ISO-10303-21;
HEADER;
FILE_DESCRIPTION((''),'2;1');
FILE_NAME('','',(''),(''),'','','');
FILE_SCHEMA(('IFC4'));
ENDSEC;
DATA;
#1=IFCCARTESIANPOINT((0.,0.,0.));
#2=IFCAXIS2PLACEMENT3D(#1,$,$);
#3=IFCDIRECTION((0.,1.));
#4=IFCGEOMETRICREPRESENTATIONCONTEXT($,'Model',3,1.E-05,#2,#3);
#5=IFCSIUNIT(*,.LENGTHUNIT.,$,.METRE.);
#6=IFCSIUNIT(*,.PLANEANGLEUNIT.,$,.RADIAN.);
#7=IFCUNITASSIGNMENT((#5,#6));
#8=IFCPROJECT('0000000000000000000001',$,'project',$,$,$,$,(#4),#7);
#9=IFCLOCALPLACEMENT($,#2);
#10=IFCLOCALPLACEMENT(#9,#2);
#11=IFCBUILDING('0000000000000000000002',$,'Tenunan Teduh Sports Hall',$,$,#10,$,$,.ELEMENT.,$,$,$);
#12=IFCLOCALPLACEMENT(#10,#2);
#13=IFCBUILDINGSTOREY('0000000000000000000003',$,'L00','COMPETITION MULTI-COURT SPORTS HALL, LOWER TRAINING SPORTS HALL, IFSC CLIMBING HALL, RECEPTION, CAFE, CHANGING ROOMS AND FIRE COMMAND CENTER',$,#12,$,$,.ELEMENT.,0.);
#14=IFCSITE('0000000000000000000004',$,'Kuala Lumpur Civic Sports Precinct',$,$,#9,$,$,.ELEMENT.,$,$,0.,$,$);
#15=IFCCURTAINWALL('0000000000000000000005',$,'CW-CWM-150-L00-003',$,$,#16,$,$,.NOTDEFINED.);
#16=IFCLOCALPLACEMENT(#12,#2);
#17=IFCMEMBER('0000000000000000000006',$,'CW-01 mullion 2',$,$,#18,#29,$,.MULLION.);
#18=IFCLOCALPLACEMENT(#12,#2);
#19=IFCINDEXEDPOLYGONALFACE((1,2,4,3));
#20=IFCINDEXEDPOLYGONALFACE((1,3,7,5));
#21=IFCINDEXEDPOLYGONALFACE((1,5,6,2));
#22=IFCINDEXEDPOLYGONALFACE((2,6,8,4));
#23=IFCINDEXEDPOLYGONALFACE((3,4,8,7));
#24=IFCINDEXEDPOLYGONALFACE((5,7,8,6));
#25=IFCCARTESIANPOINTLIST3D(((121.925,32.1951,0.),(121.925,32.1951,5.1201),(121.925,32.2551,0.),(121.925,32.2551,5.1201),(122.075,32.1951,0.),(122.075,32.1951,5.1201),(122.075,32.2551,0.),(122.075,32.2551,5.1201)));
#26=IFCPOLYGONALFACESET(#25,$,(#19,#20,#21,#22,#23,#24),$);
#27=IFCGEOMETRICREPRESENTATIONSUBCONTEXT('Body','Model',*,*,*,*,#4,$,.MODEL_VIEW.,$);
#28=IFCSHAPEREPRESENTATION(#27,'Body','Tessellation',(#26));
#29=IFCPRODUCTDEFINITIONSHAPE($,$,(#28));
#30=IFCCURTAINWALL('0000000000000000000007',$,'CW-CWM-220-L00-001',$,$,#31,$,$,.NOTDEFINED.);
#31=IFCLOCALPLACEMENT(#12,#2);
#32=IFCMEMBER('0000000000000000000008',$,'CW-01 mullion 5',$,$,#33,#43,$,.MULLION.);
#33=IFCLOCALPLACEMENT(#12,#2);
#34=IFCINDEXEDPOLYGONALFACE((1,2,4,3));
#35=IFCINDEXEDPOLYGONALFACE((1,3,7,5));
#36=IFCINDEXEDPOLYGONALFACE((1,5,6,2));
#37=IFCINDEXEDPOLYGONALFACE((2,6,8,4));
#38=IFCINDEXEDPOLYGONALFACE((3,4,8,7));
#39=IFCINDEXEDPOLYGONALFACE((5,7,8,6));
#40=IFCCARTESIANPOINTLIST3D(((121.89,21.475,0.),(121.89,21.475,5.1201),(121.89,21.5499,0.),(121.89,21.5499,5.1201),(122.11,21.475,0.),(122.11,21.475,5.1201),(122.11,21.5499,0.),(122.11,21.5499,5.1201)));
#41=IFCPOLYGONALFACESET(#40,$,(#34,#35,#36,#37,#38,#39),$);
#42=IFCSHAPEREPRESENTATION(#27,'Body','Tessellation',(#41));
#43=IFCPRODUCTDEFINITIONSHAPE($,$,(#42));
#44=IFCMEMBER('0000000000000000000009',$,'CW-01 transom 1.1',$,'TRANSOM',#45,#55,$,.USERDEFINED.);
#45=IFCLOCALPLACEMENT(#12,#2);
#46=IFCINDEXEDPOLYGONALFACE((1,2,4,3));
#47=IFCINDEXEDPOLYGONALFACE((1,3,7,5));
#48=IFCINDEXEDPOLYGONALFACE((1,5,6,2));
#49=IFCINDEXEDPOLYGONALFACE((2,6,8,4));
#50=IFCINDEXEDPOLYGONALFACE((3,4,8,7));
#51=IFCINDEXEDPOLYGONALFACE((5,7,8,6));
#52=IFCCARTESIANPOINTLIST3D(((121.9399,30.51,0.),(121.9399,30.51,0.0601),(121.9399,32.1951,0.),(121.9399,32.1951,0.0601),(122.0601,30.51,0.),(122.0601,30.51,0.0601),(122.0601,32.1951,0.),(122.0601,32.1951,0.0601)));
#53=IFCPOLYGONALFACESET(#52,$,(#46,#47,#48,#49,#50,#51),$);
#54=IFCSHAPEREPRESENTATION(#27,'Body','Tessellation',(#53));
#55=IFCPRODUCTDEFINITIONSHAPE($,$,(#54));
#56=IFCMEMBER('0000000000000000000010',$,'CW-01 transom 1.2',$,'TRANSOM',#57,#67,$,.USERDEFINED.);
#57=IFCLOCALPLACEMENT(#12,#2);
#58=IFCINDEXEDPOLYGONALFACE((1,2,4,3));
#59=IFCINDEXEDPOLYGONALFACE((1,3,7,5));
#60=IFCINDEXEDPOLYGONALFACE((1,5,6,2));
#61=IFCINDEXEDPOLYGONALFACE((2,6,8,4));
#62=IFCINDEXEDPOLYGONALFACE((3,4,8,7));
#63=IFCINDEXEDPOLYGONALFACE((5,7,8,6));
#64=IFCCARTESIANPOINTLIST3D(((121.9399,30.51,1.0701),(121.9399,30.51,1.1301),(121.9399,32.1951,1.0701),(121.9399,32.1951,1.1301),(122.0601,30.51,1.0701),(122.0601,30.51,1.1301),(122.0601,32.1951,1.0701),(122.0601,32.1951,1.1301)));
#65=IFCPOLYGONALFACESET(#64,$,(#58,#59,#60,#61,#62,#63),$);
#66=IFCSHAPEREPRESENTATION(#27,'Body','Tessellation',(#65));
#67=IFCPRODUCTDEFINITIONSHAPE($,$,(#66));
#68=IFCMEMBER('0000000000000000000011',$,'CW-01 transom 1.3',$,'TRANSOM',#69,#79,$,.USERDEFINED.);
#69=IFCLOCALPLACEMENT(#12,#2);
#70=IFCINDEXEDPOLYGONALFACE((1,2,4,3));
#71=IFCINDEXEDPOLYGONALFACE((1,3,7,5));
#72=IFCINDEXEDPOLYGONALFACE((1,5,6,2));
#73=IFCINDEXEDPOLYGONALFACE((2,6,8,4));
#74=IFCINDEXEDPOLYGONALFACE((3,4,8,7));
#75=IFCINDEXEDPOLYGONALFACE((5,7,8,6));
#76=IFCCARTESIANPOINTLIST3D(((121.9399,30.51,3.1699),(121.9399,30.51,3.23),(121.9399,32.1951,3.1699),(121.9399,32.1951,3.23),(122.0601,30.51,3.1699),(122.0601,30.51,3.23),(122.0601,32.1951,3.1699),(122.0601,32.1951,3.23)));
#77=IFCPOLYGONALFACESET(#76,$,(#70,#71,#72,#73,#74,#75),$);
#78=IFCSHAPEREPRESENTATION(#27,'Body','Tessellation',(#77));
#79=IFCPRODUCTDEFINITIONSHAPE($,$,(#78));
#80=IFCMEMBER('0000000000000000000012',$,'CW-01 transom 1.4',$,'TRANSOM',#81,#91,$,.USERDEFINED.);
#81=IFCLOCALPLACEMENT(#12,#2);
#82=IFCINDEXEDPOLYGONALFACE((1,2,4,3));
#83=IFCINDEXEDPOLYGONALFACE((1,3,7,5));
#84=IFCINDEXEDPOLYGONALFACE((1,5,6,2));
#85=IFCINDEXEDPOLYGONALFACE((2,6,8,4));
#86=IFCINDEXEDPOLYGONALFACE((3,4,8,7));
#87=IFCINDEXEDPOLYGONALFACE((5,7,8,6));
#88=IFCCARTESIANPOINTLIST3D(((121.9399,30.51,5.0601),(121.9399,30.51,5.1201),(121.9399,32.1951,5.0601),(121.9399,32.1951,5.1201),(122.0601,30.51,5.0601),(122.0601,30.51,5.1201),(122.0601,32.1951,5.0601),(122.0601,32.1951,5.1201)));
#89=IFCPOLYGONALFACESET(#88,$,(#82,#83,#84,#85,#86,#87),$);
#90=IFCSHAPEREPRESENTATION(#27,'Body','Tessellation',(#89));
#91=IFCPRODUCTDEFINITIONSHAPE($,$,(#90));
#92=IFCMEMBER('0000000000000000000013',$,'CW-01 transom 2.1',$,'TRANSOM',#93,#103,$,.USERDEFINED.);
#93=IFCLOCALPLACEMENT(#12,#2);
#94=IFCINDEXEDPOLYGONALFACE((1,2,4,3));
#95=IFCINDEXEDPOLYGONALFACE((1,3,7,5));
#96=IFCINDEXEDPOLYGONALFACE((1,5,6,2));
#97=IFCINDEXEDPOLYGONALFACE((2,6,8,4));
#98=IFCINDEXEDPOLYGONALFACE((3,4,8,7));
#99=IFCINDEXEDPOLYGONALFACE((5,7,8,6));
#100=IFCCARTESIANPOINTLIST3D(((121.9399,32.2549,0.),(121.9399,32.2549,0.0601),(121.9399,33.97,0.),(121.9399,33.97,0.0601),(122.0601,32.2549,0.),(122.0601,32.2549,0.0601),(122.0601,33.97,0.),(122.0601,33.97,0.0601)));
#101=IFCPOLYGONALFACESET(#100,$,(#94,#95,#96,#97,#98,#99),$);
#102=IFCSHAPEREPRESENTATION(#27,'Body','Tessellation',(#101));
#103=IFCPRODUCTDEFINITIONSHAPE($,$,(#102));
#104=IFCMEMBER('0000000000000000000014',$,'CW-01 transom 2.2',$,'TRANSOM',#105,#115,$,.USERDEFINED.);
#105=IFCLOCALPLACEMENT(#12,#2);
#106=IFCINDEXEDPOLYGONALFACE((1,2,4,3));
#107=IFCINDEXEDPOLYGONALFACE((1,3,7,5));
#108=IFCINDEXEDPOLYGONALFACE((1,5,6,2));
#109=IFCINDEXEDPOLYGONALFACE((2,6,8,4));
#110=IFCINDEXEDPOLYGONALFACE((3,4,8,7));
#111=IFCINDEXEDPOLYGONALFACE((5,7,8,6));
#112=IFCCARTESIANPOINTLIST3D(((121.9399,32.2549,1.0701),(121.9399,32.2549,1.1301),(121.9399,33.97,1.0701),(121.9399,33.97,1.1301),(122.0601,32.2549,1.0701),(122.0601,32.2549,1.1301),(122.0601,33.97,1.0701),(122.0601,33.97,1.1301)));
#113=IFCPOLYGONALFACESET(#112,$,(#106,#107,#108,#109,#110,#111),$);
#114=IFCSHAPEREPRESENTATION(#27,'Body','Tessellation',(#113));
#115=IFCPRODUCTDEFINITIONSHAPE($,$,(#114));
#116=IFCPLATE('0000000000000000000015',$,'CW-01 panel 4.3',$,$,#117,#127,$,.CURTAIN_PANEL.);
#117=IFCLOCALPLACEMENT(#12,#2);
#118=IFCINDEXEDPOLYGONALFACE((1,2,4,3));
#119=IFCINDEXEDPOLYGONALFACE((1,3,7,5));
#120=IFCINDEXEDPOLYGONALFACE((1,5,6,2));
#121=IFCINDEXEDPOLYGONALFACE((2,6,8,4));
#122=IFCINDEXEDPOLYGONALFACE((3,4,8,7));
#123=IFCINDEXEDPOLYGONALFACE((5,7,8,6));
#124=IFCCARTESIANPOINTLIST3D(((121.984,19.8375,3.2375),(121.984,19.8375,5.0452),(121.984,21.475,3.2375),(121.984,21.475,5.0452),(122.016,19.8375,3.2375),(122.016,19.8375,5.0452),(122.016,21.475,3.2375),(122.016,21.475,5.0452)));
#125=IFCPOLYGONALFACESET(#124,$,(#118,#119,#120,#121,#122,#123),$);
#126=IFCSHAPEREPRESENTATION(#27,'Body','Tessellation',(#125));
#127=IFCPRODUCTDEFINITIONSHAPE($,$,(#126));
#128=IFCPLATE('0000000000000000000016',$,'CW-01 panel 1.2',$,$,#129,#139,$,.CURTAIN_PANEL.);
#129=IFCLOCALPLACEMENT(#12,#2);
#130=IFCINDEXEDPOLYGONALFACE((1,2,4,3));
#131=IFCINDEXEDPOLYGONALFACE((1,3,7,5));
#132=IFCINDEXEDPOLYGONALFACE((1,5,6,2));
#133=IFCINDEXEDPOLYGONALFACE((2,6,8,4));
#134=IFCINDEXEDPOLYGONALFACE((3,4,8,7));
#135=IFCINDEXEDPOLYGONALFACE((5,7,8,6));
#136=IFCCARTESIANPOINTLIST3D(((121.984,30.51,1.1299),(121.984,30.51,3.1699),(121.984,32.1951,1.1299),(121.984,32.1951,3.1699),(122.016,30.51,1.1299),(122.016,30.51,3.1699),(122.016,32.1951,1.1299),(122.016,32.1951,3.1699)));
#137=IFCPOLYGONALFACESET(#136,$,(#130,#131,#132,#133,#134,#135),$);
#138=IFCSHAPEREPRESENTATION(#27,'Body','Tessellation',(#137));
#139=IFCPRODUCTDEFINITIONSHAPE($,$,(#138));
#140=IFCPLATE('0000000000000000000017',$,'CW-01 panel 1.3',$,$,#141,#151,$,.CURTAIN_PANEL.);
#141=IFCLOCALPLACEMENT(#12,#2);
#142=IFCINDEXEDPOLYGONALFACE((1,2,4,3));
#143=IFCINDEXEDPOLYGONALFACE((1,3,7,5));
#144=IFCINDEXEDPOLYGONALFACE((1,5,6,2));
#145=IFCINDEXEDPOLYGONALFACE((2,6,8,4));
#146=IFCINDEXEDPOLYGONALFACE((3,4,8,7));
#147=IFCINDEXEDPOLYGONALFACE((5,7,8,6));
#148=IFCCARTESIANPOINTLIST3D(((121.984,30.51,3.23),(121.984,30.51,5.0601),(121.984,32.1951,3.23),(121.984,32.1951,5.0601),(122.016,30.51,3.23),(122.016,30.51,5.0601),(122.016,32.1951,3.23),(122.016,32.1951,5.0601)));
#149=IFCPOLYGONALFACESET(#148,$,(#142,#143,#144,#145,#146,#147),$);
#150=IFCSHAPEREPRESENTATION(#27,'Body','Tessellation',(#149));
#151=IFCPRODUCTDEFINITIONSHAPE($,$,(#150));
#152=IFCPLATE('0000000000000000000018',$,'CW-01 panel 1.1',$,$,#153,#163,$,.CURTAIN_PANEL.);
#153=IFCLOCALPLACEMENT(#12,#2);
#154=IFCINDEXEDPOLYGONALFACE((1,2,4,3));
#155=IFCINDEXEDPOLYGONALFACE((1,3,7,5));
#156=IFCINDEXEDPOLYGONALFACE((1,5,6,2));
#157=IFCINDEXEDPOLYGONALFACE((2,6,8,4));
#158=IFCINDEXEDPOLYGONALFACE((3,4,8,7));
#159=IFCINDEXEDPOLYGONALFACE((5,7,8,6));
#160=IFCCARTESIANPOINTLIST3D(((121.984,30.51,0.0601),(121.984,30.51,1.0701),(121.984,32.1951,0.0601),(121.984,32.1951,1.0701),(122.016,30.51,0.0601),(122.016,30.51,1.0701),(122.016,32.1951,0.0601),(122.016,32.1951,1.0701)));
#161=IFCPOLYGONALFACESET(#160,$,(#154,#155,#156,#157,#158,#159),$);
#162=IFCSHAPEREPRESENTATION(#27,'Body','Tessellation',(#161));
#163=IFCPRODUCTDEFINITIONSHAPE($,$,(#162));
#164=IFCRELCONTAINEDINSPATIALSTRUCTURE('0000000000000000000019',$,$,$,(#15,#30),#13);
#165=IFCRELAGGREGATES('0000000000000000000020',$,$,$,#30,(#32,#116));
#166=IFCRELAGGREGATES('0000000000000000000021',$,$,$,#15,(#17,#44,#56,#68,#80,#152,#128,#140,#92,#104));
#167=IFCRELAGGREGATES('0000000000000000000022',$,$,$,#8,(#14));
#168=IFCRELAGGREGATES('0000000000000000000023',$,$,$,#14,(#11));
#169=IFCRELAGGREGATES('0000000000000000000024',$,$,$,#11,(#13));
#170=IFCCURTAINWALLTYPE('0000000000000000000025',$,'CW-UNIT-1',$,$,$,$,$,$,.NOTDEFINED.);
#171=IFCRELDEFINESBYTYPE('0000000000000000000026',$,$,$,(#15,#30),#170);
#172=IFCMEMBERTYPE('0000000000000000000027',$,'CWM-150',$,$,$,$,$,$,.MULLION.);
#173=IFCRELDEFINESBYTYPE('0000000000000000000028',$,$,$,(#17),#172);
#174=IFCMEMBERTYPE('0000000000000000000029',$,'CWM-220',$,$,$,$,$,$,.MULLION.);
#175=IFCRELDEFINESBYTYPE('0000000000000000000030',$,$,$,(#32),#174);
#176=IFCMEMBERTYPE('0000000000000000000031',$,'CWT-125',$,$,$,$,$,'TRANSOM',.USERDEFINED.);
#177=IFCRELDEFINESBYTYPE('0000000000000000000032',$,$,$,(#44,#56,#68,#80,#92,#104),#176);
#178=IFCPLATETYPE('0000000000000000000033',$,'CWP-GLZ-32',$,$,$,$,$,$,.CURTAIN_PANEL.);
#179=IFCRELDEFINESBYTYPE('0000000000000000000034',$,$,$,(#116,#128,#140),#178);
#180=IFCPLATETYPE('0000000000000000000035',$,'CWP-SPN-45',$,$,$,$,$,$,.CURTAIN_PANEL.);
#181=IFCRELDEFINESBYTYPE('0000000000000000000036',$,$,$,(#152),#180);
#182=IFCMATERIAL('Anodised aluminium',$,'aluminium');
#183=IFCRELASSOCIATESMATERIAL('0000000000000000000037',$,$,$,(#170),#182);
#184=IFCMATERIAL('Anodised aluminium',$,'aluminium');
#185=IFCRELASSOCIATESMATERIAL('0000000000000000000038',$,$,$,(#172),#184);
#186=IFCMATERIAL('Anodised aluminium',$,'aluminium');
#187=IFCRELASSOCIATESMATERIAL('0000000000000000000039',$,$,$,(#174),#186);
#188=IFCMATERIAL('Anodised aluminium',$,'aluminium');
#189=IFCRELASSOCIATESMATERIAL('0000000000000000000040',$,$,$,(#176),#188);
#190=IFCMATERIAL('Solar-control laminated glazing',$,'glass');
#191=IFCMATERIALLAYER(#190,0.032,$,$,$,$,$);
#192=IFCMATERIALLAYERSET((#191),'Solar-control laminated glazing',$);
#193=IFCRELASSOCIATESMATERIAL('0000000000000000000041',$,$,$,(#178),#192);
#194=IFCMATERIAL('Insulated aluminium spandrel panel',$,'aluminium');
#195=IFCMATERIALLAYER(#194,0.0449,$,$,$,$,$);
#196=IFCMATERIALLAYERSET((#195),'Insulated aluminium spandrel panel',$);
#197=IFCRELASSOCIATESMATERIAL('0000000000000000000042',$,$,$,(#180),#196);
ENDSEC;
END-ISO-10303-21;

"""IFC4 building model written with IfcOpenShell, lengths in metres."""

from ifc_helpers import new_model, si_unit, direction, frame, origin, origin_2d, place, context, subcontext, project, spatial, rectangle, extrude, material, layer, layer_set, material_profile, profile_set, type_object, element, aggregate, save


model = new_model("IFC4")

# Units and contexts
model_context = context("Model", 3, precision=1e-05, world=origin(), true_north=direction((0.0, 1.0)))
body_context = subcontext(model_context, "Body", "Model", "MODEL_VIEW")
ifc_project = project(units=[si_unit("LENGTHUNIT", "METRE"), si_unit("PLANEANGLEUNIT", "RADIAN")], contexts=[model_context])

# Site, building, storey
site_placement = place(None, origin())
site = spatial("IfcSite", under=ifc_project, at=site_placement, Name="Kuala Lumpur Civic Sports Precinct", CompositionType="ELEMENT", RefElevation=0.0)
building_placement = place(site_placement, origin())
building = spatial("IfcBuilding", under=site, at=building_placement, Name="Tenunan Teduh Sports Hall", CompositionType="ELEMENT")
storey_placement = place(building_placement, origin())
storey = spatial("IfcBuildingStorey", under=building, at=storey_placement, Name="L00", Description="COMPETITION MULTI-COURT SPORTS HALL, LOWER TRAINING SPORTS HALL, IFSC CLIMBING HALL, RECEPTION, CAFE, CHANGING ROOMS AND FIRE COMMAND CENTER", CompositionType="ELEMENT", Elevation=0.0)

# Curtain wall, member
ifc_material_1 = material(Name="Anodised aluminium", Category="aluminium")
curtain_wall_type = type_object("IfcCurtainWallType", Name="CW-UNIT-1", PredefinedType="NOTDEFINED", material=ifc_material_1)
curtain_wall_1_placement = place(storey_placement, origin())
curtain_wall_1 = element("IfcCurtainWall", 1, at=curtain_wall_1_placement, inside=storey, type_object=curtain_wall_type, Name="CW-CWM-150-L00-003", PredefinedType="NOTDEFINED")
ifc_material_2 = material(Name="Anodised aluminium", Category="aluminium")
ifc_material_profile_1 = material_profile(ifc_material_2, rectangle(XDim=0.0601, YDim=0.1499, at=origin_2d()), Name="CWM 60x150")
ifc_profile_set_1 = profile_set([ifc_material_profile_1], Name="Anodised aluminium")
member_type_1 = type_object("IfcMemberType", Name="CWM-150", PredefinedType="MULLION", material=ifc_profile_set_1)
member_1_placement = place(storey_placement, frame((122.0, 32.2251, 0.0), z_axis=(0.0, 0.0, 1.0), x_axis=(0.0, 1.0, 0.0)))
member_1 = element("IfcMember", 2, at=member_1_placement, type_object=member_type_1, Name="CW-01 mullion 2", PredefinedType="MULLION", context=body_context, shape_type="SweptSolid", body=[
    extrude(rectangle(XDim=0.0601, YDim=0.1499, at=origin_2d()), origin(), (0.0, 0.0, 1.0), 5.1201),
])

# Curtain wall, member
curtain_wall_2_placement = place(storey_placement, origin())
curtain_wall_2 = element("IfcCurtainWall", 3, at=curtain_wall_2_placement, inside=storey, type_object=curtain_wall_type, Name="CW-CWM-220-L00-001", PredefinedType="NOTDEFINED")
ifc_material_3 = material(Name="Anodised aluminium", Category="aluminium")
ifc_material_profile_2 = material_profile(ifc_material_3, rectangle(XDim=0.075, YDim=0.22, at=origin_2d()), Name="CWM 75x220")
ifc_profile_set_2 = profile_set([ifc_material_profile_2], Name="Anodised aluminium")
member_type_2 = type_object("IfcMemberType", Name="CWM-220", PredefinedType="MULLION", material=ifc_profile_set_2)
member_2_placement = place(storey_placement, frame((122.0, 21.5125, 0.0), z_axis=(0.0, 0.0, 1.0), x_axis=(0.0, 1.0, 0.0)))
member_2 = element("IfcMember", 4, at=member_2_placement, type_object=member_type_2, Name="CW-01 mullion 5", PredefinedType="MULLION", context=body_context, shape_type="SweptSolid", body=[
    extrude(rectangle(XDim=0.075, YDim=0.22, at=origin_2d()), origin(), (0.0, 0.0, 1.0), 5.1201),
])

# Members
ifc_material_4 = material(Name="Anodised aluminium", Category="aluminium")
ifc_material_profile_3 = material_profile(ifc_material_4, rectangle(XDim=0.0601, YDim=0.1201, at=origin_2d()), Name="CWT 60x120")
ifc_profile_set_3 = profile_set([ifc_material_profile_3], Name="Anodised aluminium")
member_type_3 = type_object("IfcMemberType", Name="CWT-125", ElementType="TRANSOM", PredefinedType="USERDEFINED", material=ifc_profile_set_3)
member_3_placement = place(storey_placement, frame((122.0, 30.51, 0.03), z_axis=(0.0, 1.0, 0.0), x_axis=(0.0, 0.0, 1.0)))
member_3 = element("IfcMember", 5, at=member_3_placement, type_object=member_type_3, Name="CW-01 transom 1.1", ObjectType="TRANSOM", PredefinedType="USERDEFINED", context=body_context, shape_type="SweptSolid", body=[
    extrude(rectangle(XDim=0.0601, YDim=0.1201, at=origin_2d()), origin(), (0.0, 0.0, 1.0), 1.6851),
])
member_4_placement = place(storey_placement, frame((122.0, 30.51, 1.1001), z_axis=(0.0, 1.0, 0.0), x_axis=(0.0, 0.0, 1.0)))
member_4 = element("IfcMember", 6, at=member_4_placement, type_object=member_type_3, Name="CW-01 transom 1.2", ObjectType="TRANSOM", PredefinedType="USERDEFINED", context=body_context, shape_type="SweptSolid", body=[
    extrude(rectangle(XDim=0.0601, YDim=0.1201, at=origin_2d()), origin(), (0.0, 0.0, 1.0), 1.6851),
])
member_5_placement = place(storey_placement, frame((122.0, 30.51, 3.2), z_axis=(0.0, 1.0, 0.0), x_axis=(0.0, 0.0, 1.0)))
member_5 = element("IfcMember", 7, at=member_5_placement, type_object=member_type_3, Name="CW-01 transom 1.3", ObjectType="TRANSOM", PredefinedType="USERDEFINED", context=body_context, shape_type="SweptSolid", body=[
    extrude(rectangle(XDim=0.0601, YDim=0.1201, at=origin_2d()), origin(), (0.0, 0.0, 1.0), 1.6851),
])
member_6_placement = place(storey_placement, frame((122.0, 30.51, 5.0901), z_axis=(0.0, 1.0, 0.0), x_axis=(0.0, 0.0, 1.0)))
member_6 = element("IfcMember", 8, at=member_6_placement, type_object=member_type_3, Name="CW-01 transom 1.4", ObjectType="TRANSOM", PredefinedType="USERDEFINED", context=body_context, shape_type="SweptSolid", body=[
    extrude(rectangle(XDim=0.0601, YDim=0.1201, at=origin_2d()), origin(), (0.0, 0.0, 1.0), 1.6851),
])
member_7_placement = place(storey_placement, frame((122.0, 32.2549, 0.03), z_axis=(0.0, 1.0, 0.0), x_axis=(0.0, 0.0, 1.0)))
member_7 = element("IfcMember", 9, at=member_7_placement, type_object=member_type_3, Name="CW-01 transom 2.1", ObjectType="TRANSOM", PredefinedType="USERDEFINED", context=body_context, shape_type="SweptSolid", body=[
    extrude(rectangle(XDim=0.0601, YDim=0.1201, at=origin_2d()), origin(), (0.0, 0.0, 1.0), 1.7151),
])
member_8_placement = place(storey_placement, frame((122.0, 32.2549, 1.1001), z_axis=(0.0, 1.0, 0.0), x_axis=(0.0, 0.0, 1.0)))
member_8 = element("IfcMember", 10, at=member_8_placement, type_object=member_type_3, Name="CW-01 transom 2.2", ObjectType="TRANSOM", PredefinedType="USERDEFINED", context=body_context, shape_type="SweptSolid", body=[
    extrude(rectangle(XDim=0.0601, YDim=0.1201, at=origin_2d()), origin(), (0.0, 0.0, 1.0), 1.7151),
])

# Plates
ifc_material_5 = material(Name="Solar-control laminated glazing", Category="glass")
ifc_layer_1 = layer(ifc_material_5, 0.032)
ifc_layer_set_1 = layer_set([ifc_layer_1], Name="Solar-control laminated glazing")
plate_type_1 = type_object("IfcPlateType", Name="CWP-GLZ-32", PredefinedType="CURTAIN_PANEL", material=ifc_layer_set_1)
plate_1_placement = place(storey_placement, frame((122.0, 20.6562, 3.2375), z_axis=(0.0, 0.0, 1.0), x_axis=(0.0, 1.0, 0.0)))
plate_1 = element("IfcPlate", 11, at=plate_1_placement, type_object=plate_type_1, Name="CW-01 panel 4.3", PredefinedType="CURTAIN_PANEL", context=body_context, shape_type="SweptSolid", body=[
    extrude(rectangle(XDim=1.6375, YDim=0.032, at=origin_2d()), origin(), (0.0, 0.0, 1.0), 1.8076),
])
aggregate(curtain_wall_2, [member_2, plate_1])
plate_2_placement = place(storey_placement, frame((122.0, 31.3525, 1.1299), z_axis=(0.0, 0.0, 1.0), x_axis=(0.0, 1.0, 0.0)))
plate_2 = element("IfcPlate", 12, at=plate_2_placement, type_object=plate_type_1, Name="CW-01 panel 1.2", PredefinedType="CURTAIN_PANEL", context=body_context, shape_type="SweptSolid", body=[
    extrude(rectangle(XDim=1.6851, YDim=0.032, at=origin_2d()), origin(), (0.0, 0.0, 1.0), 2.04),
])
plate_3_placement = place(storey_placement, frame((122.0, 31.3525, 3.23), z_axis=(0.0, 0.0, 1.0), x_axis=(0.0, 1.0, 0.0)))
plate_3 = element("IfcPlate", 13, at=plate_3_placement, type_object=plate_type_1, Name="CW-01 panel 1.3", PredefinedType="CURTAIN_PANEL", context=body_context, shape_type="SweptSolid", body=[
    extrude(rectangle(XDim=1.6851, YDim=0.032, at=origin_2d()), origin(), (0.0, 0.0, 1.0), 1.8301),
])
ifc_material_6 = material(Name="Insulated aluminium spandrel panel", Category="aluminium")
ifc_layer_2 = layer(ifc_material_6, 0.0449)
ifc_layer_set_2 = layer_set([ifc_layer_2], Name="Insulated aluminium spandrel panel")
plate_type_2 = type_object("IfcPlateType", Name="CWP-SPN-45", PredefinedType="CURTAIN_PANEL", material=ifc_layer_set_2)
plate_4_placement = place(storey_placement, frame((122.0, 31.3525, 0.0601), z_axis=(0.0, 0.0, 1.0), x_axis=(0.0, 1.0, 0.0)))
plate_4 = element("IfcPlate", 14, at=plate_4_placement, type_object=plate_type_2, Name="CW-01 panel 1.1", PredefinedType="CURTAIN_PANEL", context=body_context, shape_type="SweptSolid", body=[
    extrude(rectangle(XDim=1.6851, YDim=0.032, at=origin_2d()), origin(), (0.0, 0.0, 1.0), 1.01),
])
aggregate(curtain_wall_1, [member_1, member_3, member_4, member_5, member_6, plate_4, plate_2, plate_3, member_7, member_8])

save(model, "model.ifc")
